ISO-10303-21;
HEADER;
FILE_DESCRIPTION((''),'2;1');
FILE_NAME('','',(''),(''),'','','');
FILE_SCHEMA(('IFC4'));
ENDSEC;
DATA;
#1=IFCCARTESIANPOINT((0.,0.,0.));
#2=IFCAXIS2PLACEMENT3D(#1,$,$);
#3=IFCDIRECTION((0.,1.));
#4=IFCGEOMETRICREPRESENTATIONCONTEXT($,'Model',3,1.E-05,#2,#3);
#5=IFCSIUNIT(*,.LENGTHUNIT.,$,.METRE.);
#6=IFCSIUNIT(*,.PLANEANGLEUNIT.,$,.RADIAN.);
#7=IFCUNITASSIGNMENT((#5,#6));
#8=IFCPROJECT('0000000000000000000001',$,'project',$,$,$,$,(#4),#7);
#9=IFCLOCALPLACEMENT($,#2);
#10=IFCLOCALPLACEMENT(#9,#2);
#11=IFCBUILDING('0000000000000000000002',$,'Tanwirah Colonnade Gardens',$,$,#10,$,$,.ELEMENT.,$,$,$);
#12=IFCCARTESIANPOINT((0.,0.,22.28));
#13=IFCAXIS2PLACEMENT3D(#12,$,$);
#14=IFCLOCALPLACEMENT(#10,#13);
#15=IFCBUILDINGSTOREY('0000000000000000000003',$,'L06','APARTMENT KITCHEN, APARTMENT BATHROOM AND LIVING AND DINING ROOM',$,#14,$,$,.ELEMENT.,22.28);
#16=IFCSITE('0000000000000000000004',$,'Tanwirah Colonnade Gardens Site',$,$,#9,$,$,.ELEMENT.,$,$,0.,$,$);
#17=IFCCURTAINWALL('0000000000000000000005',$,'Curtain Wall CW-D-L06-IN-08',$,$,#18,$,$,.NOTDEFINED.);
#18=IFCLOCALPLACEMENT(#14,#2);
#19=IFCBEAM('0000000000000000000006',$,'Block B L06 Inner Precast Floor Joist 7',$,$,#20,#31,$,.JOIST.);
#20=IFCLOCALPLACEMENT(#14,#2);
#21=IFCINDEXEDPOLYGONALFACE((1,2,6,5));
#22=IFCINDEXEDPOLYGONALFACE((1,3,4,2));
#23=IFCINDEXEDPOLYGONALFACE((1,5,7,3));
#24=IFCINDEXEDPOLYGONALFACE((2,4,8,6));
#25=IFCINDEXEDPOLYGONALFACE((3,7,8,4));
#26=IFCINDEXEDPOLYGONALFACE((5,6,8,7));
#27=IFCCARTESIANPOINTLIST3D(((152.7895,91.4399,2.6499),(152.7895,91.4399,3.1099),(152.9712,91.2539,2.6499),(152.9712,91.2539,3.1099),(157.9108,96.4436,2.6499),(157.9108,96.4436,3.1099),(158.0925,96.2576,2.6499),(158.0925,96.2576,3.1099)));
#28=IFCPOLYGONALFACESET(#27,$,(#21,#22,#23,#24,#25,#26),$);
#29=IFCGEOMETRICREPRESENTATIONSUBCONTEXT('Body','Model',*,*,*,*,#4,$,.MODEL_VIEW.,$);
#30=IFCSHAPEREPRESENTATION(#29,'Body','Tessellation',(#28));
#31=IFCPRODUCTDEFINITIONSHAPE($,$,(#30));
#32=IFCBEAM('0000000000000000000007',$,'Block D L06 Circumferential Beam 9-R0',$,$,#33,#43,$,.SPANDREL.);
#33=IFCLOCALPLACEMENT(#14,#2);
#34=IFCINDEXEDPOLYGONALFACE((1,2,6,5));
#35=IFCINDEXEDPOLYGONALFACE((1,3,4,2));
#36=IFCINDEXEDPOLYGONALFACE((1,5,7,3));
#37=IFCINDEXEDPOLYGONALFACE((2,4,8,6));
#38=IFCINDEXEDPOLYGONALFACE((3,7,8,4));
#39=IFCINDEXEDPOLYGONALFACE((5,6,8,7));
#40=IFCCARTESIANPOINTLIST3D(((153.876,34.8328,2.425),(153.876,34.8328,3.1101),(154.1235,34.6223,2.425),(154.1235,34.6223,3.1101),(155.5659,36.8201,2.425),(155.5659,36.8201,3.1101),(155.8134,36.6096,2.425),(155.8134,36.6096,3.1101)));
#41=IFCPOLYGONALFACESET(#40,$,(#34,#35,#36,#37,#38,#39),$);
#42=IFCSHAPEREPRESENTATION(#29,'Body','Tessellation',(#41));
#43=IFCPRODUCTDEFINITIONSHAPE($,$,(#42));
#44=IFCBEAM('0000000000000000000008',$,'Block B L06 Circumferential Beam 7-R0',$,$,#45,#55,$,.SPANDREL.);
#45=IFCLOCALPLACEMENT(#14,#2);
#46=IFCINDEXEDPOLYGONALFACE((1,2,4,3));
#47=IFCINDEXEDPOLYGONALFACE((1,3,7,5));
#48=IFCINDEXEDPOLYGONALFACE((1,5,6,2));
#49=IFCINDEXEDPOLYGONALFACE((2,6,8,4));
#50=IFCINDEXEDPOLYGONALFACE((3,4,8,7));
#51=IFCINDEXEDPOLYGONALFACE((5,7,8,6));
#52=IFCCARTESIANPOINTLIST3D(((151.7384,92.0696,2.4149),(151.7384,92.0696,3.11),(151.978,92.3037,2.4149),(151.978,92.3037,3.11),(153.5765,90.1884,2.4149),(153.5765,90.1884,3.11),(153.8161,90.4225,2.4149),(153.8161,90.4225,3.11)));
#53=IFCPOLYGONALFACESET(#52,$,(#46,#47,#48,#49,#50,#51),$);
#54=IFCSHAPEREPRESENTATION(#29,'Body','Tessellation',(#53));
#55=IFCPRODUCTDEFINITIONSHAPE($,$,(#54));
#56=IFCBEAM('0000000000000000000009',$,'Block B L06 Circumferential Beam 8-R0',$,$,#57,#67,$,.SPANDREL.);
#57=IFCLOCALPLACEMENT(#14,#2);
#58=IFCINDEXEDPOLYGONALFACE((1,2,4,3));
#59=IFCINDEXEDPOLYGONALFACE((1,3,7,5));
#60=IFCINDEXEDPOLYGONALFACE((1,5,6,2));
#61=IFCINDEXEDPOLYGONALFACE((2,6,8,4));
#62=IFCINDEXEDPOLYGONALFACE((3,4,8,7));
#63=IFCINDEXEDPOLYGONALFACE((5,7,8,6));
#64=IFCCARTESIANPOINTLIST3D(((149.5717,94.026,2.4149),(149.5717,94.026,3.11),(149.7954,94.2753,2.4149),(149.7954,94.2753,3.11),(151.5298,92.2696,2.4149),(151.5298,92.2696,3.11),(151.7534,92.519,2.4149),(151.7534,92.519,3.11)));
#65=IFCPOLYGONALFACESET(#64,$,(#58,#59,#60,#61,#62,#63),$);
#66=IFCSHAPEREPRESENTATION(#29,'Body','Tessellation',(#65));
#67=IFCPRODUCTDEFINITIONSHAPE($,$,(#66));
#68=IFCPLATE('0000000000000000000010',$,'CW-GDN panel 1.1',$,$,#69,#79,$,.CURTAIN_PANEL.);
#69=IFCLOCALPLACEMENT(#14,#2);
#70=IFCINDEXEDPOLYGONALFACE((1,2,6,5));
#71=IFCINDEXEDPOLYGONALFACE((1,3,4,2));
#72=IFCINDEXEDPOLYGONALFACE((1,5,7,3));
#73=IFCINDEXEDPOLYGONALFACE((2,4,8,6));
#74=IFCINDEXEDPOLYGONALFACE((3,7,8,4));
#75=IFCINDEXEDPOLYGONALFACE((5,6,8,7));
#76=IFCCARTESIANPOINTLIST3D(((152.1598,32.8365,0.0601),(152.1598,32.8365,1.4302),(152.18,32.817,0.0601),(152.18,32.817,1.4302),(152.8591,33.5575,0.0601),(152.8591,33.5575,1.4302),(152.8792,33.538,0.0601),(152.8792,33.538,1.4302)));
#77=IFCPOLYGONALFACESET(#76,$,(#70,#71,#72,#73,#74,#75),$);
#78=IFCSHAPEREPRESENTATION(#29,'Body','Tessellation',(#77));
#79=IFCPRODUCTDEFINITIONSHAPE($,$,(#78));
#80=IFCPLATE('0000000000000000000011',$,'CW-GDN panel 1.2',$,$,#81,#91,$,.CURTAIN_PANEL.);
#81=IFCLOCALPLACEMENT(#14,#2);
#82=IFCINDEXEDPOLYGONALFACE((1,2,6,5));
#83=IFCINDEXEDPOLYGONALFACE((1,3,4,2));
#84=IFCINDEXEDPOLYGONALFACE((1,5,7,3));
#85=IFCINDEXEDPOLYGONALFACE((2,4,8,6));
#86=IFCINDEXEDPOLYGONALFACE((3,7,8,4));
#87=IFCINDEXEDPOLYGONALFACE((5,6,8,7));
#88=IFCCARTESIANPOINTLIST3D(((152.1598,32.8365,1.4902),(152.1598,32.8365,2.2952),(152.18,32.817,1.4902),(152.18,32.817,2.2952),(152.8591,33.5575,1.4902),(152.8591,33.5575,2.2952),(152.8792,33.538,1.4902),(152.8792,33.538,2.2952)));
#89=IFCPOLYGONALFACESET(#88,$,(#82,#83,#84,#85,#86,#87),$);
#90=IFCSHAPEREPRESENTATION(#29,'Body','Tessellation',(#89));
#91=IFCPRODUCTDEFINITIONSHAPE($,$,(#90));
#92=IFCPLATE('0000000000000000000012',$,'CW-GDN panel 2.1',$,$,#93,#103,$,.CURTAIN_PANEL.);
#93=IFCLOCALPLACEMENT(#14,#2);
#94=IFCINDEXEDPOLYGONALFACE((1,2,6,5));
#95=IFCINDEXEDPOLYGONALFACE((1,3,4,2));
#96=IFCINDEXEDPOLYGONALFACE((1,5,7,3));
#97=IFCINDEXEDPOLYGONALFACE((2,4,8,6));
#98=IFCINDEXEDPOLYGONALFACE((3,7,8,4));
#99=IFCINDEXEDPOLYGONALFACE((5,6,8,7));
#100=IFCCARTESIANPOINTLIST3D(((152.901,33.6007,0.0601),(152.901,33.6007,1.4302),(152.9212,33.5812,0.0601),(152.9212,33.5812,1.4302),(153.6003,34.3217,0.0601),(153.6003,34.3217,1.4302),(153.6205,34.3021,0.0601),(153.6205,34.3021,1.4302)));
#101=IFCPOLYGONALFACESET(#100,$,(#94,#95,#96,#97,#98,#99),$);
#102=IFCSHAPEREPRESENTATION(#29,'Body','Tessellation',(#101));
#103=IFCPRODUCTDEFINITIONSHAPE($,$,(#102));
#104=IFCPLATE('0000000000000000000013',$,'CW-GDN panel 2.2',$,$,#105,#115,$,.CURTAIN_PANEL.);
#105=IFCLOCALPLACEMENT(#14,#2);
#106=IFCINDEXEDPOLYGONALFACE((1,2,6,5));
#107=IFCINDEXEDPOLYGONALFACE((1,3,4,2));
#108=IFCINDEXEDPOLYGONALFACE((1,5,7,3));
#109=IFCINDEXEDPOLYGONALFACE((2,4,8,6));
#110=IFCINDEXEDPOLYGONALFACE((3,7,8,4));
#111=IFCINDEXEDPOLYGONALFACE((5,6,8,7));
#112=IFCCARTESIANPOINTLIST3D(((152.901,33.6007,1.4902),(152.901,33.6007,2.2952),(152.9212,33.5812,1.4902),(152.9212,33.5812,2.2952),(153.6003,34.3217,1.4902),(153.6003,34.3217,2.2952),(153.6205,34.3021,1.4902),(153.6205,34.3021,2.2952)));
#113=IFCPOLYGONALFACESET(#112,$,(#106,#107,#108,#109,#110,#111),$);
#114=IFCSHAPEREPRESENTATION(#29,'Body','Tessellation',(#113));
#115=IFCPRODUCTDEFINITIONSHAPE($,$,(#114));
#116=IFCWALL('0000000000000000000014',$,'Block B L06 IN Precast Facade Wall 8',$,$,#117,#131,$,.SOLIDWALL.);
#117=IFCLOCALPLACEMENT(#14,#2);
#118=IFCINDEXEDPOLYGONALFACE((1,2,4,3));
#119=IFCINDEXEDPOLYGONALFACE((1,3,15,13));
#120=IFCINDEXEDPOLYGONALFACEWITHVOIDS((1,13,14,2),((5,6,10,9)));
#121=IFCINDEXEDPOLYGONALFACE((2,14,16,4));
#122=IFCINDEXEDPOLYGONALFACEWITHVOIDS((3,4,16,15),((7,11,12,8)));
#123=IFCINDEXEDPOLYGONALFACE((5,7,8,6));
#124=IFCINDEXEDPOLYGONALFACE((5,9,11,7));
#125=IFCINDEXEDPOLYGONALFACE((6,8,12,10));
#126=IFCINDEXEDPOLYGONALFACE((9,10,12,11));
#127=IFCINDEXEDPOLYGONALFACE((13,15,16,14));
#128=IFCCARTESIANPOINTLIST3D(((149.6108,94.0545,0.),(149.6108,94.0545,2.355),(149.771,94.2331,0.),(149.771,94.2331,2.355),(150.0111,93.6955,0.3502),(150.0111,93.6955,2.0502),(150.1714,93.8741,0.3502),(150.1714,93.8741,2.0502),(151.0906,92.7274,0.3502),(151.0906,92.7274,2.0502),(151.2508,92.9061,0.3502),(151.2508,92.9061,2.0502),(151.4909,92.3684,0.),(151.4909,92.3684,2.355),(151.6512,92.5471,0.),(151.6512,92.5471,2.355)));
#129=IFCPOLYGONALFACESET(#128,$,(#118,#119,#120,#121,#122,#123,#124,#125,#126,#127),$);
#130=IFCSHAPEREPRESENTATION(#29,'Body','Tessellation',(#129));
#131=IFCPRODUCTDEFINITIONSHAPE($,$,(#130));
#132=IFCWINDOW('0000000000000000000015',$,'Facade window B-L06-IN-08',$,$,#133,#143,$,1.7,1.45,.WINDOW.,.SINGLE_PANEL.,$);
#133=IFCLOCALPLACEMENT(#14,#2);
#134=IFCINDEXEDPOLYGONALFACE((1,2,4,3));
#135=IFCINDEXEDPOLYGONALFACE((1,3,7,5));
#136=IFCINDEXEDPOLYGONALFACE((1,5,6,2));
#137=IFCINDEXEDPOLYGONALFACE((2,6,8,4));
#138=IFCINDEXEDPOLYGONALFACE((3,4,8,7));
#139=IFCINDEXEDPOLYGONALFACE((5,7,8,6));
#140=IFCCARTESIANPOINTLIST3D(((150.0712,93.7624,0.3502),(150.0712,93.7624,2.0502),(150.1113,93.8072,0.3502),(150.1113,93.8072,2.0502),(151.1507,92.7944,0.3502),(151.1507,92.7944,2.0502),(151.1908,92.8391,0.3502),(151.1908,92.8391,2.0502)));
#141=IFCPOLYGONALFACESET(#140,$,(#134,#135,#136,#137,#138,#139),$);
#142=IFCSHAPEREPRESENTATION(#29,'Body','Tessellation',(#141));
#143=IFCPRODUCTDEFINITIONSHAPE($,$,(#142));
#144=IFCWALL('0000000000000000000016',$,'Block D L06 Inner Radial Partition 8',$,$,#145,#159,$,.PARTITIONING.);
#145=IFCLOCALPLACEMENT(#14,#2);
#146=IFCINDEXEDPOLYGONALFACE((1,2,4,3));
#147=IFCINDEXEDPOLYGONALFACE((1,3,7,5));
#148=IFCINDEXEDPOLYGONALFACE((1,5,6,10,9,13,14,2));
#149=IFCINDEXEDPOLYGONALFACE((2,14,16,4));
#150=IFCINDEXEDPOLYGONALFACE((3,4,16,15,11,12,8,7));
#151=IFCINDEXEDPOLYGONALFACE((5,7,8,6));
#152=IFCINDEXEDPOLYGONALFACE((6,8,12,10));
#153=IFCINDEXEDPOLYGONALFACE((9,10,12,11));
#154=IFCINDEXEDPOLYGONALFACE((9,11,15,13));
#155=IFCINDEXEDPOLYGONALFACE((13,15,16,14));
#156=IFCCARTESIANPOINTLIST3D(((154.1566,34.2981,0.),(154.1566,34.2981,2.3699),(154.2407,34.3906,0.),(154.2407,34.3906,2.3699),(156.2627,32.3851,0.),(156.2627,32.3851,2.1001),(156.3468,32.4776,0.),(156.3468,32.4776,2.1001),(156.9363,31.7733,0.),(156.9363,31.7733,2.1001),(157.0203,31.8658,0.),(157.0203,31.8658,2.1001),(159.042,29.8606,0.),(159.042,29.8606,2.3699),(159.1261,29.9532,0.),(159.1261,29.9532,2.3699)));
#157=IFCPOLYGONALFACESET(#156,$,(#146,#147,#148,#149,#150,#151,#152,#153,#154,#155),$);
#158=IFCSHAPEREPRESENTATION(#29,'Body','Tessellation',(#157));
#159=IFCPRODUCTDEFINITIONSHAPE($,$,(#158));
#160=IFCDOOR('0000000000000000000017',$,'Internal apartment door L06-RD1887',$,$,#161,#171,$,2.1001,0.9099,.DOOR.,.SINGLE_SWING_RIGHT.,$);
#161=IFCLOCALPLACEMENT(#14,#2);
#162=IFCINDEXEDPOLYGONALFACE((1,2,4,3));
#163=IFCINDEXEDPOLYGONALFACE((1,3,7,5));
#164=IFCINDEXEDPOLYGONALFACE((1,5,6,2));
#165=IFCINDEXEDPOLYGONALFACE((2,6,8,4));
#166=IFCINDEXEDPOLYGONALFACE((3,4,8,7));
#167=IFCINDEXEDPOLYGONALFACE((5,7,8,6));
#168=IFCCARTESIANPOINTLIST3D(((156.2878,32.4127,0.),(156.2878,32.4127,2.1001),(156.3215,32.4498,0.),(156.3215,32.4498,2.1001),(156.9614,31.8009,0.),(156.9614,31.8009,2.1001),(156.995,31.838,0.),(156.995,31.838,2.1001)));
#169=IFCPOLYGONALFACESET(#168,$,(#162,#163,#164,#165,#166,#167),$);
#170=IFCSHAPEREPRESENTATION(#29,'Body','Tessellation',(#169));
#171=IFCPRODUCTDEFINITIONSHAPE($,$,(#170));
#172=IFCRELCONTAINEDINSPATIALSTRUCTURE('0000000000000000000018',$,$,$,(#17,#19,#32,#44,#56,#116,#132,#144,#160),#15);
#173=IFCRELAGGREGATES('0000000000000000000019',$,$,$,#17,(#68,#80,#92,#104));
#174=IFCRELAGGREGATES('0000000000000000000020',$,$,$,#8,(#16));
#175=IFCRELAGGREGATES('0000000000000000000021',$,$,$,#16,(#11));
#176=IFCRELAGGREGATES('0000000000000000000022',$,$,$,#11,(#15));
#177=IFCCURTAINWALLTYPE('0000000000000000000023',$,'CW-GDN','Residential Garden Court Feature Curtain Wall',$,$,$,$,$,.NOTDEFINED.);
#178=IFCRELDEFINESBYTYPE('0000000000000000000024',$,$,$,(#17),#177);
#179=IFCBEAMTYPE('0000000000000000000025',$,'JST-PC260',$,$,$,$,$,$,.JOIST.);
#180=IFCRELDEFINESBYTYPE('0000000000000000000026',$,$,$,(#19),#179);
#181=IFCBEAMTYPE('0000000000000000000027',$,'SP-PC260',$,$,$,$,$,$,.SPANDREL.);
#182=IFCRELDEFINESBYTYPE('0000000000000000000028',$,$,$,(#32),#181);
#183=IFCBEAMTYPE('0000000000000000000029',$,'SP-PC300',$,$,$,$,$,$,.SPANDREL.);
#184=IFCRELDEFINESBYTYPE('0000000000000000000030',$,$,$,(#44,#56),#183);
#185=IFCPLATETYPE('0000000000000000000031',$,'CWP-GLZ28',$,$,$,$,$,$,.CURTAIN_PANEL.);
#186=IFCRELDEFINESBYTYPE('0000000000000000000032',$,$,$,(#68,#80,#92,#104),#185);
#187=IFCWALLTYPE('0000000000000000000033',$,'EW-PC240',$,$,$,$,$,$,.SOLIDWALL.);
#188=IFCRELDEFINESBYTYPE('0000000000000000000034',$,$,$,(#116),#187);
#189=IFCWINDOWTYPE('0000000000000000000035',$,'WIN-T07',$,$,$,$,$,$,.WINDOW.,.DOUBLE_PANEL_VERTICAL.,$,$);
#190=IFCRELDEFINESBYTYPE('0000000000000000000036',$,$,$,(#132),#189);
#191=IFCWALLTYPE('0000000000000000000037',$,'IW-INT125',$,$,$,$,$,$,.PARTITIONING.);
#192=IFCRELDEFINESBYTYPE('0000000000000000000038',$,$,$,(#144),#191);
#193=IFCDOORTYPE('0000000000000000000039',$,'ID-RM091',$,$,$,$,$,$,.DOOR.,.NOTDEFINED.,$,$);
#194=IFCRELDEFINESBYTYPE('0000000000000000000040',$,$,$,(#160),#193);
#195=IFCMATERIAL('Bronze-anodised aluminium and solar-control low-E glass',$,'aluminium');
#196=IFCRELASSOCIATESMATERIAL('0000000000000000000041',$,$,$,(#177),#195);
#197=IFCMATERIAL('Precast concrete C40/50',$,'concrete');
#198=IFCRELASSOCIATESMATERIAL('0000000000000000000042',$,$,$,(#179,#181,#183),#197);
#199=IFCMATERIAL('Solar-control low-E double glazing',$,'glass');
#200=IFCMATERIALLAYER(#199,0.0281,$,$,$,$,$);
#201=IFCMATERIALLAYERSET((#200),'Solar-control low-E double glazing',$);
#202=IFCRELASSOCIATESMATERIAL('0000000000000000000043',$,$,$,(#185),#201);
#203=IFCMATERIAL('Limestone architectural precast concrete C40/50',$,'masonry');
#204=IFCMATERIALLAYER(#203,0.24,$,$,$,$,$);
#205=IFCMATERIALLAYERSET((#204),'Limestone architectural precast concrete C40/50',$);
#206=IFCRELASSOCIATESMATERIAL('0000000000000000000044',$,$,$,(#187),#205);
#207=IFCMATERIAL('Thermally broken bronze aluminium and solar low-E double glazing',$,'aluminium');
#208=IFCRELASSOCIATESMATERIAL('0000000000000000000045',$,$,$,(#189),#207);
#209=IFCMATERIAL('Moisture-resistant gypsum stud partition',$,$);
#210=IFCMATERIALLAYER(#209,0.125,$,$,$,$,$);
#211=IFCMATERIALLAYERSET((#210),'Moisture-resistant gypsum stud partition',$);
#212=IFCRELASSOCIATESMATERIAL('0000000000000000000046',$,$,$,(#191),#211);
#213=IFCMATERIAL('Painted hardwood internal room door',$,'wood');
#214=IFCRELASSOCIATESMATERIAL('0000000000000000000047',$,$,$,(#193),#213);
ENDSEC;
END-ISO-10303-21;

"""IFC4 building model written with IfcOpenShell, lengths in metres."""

from ifc_helpers import new_model, si_unit, direction, frame, frame_2d, origin, origin_2d, place, context, subcontext, project, spatial, rectangle, extrude, material, layer, layer_set, material_profile, profile_set, type_object, element, fill, aggregate, save


model = new_model("IFC4")

# Units and contexts
model_context = context("Model", 3, precision=1e-05, world=origin(), true_north=direction((0.0, 1.0)))
body_context = subcontext(model_context, "Body", "Model", "MODEL_VIEW")
ifc_project = project(units=[si_unit("LENGTHUNIT", "METRE"), si_unit("PLANEANGLEUNIT", "RADIAN")], contexts=[model_context])

# Site, building, storey
site_placement = place(None, origin())
site = spatial("IfcSite", under=ifc_project, at=site_placement, Name="Tanwirah Colonnade Gardens Site", CompositionType="ELEMENT", RefElevation=0.0)
building_placement = place(site_placement, origin())
building = spatial("IfcBuilding", under=site, at=building_placement, Name="Tanwirah Colonnade Gardens", CompositionType="ELEMENT")
storey_placement = place(building_placement, frame((0.0, 0.0, 22.28)))
storey = spatial("IfcBuildingStorey", under=building, at=storey_placement, Name="L06", Description="APARTMENT KITCHEN, APARTMENT BATHROOM AND LIVING AND DINING ROOM", CompositionType="ELEMENT", Elevation=22.28)

# Shared definitions
ifc_material_1 = material(Name="Precast concrete C40/50", Category="concrete")

# Curtain wall
ifc_material_2 = material(Name="Bronze-anodised aluminium and solar-control low-E glass", Category="aluminium")
curtain_wall_type = type_object("IfcCurtainWallType", Name="CW-GDN", Description="Residential Garden Court Feature Curtain Wall", PredefinedType="NOTDEFINED", material=ifc_material_2)
curtain_wall_placement = place(storey_placement, origin())
curtain_wall = element("IfcCurtainWall", 1, at=curtain_wall_placement, inside=storey, type_object=curtain_wall_type, Name="Curtain Wall CW-D-L06-IN-08", PredefinedType="NOTDEFINED")

# Beams
ifc_material_profile_1 = material_profile(ifc_material_1, rectangle(XDim=0.26, YDim=0.46, at=origin_2d()), Name="PC-JST 260x460")
ifc_profile_set_1 = profile_set([ifc_material_profile_1], Name="Precast concrete C40/50")
beam_type_1 = type_object("IfcBeamType", Name="JST-PC260", PredefinedType="JOIST", material=ifc_profile_set_1)
beam_1_placement = place(storey_placement, frame((152.8804, 91.3469, 2.8799), z_axis=(0.715277, 0.698841, 0.0), x_axis=(-0.698841, 0.715277, 0.0)))
element("IfcBeam", 2, at=beam_1_placement, inside=storey, type_object=beam_type_1, Name="Block B L06 Inner Precast Floor Joist 7", PredefinedType="JOIST", context=body_context, shape_type="SweptSolid", body=[
    extrude(rectangle(XDim=0.26, YDim=0.46, at=origin_2d()), origin(), (0.0, 0.0, 1.0), 7.1599),
])
ifc_material_profile_2 = material_profile(ifc_material_1, rectangle(XDim=0.325, YDim=0.6851, at=origin_2d()), Name="PC-SP 325x685")
ifc_profile_set_2 = profile_set([ifc_material_profile_2], Name="Precast concrete C40/50")
beam_type_2 = type_object("IfcBeamType", Name="SP-PC260", PredefinedType="SPANDREL", material=ifc_profile_set_2)
beam_2_placement = place(storey_placement, frame((153.9998, 34.7275, 2.7676), z_axis=(0.647811, 0.761801, 0.0), x_axis=(-0.761801, 0.647811, 0.0)))
element("IfcBeam", 3, at=beam_2_placement, inside=storey, type_object=beam_type_2, Name="Block D L06 Circumferential Beam 9-R0", PredefinedType="SPANDREL", context=body_context, shape_type="SweptSolid", body=[
    extrude(rectangle(XDim=0.325, YDim=0.6851, at=origin_2d()), origin(), (0.0, 0.0, 1.0), 2.6086),
])
ifc_material_profile_3 = material_profile(ifc_material_1, rectangle(XDim=0.335, YDim=0.6951, at=origin_2d()), Name="PC-SP 335x695")
ifc_profile_set_3 = profile_set([ifc_material_profile_3], Name="Precast concrete C40/50")
beam_type_3 = type_object("IfcBeamType", Name="SP-PC300", PredefinedType="SPANDREL", material=ifc_profile_set_3)
beam_3_placement = place(storey_placement, frame((153.6963, 90.3054, 2.7625), z_axis=(-0.698844, 0.715274, 0.0), x_axis=(-0.715274, -0.698844, 0.0)))
element("IfcBeam", 4, at=beam_3_placement, inside=storey, type_object=beam_type_3, Name="Block B L06 Circumferential Beam 7-R0", PredefinedType="SPANDREL", context=body_context, shape_type="SweptSolid", body=[
    extrude(rectangle(XDim=0.335, YDim=0.6951, at=origin_2d()), origin(), (0.0, 0.0, 1.0), 2.6301),
])
beam_4_placement = place(storey_placement, frame((151.6416, 92.3943, 2.7625), z_axis=(-0.744401, 0.667733, 0.0), x_axis=(-0.667733, -0.744401, 0.0)))
element("IfcBeam", 5, at=beam_4_placement, inside=storey, type_object=beam_type_3, Name="Block B L06 Circumferential Beam 8-R0", PredefinedType="SPANDREL", context=body_context, shape_type="SweptSolid", body=[
    extrude(rectangle(XDim=0.335, YDim=0.6951, at=origin_2d()), origin(), (0.0, 0.0, 1.0), 2.6304),
])

# Plates
ifc_material_3 = material(Name="Solar-control low-E double glazing", Category="glass")
ifc_layer_1 = layer(ifc_material_3, 0.0281)
ifc_layer_set_1 = layer_set([ifc_layer_1], Name="Solar-control low-E double glazing")
plate_type = type_object("IfcPlateType", Name="CWP-GLZ28", PredefinedType="CURTAIN_PANEL", material=ifc_layer_set_1)
plate_1_placement = place(storey_placement, frame((152.5195, 33.1873, 0.0601), z_axis=(0.0, 0.0, 1.0), x_axis=(0.696223, 0.717825, 0.0)))
plate_1 = element("IfcPlate", 6, at=plate_1_placement, type_object=plate_type, Name="CW-GDN panel 1.1", PredefinedType="CURTAIN_PANEL", context=body_context, shape_type="SweptSolid", body=[
    extrude(rectangle(XDim=1.0044, YDim=0.0281, at=origin_2d()), origin(), (0.0, 0.0, 1.0), 1.3701),
])
plate_2_placement = place(storey_placement, frame((152.5195, 33.1873, 1.4902), z_axis=(0.0, 0.0, 1.0), x_axis=(0.696223, 0.717825, 0.0)))
plate_2 = element("IfcPlate", 7, at=plate_2_placement, type_object=plate_type, Name="CW-GDN panel 1.2", PredefinedType="CURTAIN_PANEL", context=body_context, shape_type="SweptSolid", body=[
    extrude(rectangle(XDim=1.0044, YDim=0.0281, at=origin_2d()), origin(), (0.0, 0.0, 1.0), 0.8049),
])
plate_3_placement = place(storey_placement, frame((153.2607, 33.9514, 0.0601), z_axis=(0.0, 0.0, 1.0), x_axis=(0.696223, 0.717825, 0.0)))
plate_3 = element("IfcPlate", 8, at=plate_3_placement, type_object=plate_type, Name="CW-GDN panel 2.1", PredefinedType="CURTAIN_PANEL", context=body_context, shape_type="SweptSolid", body=[
    extrude(rectangle(XDim=1.0044, YDim=0.0281, at=origin_2d()), origin(), (0.0, 0.0, 1.0), 1.3701),
])
plate_4_placement = place(storey_placement, frame((153.2607, 33.9514, 1.4902), z_axis=(0.0, 0.0, 1.0), x_axis=(0.696223, 0.717825, 0.0)))
plate_4 = element("IfcPlate", 9, at=plate_4_placement, type_object=plate_type, Name="CW-GDN panel 2.2", PredefinedType="CURTAIN_PANEL", context=body_context, shape_type="SweptSolid", body=[
    extrude(rectangle(XDim=1.0044, YDim=0.0281, at=origin_2d()), origin(), (0.0, 0.0, 1.0), 0.8049),
])
aggregate(curtain_wall, [plate_1, plate_2, plate_3, plate_4])

# Wall, opening, window
ifc_material_4 = material(Name="Limestone architectural precast concrete C40/50", Category="masonry")
ifc_layer_2 = layer(ifc_material_4, 0.24)
ifc_layer_set_2 = layer_set([ifc_layer_2], Name="Limestone architectural precast concrete C40/50")
wall_type_1 = type_object("IfcWallType", Name="EW-PC240", PredefinedType="SOLIDWALL", material=ifc_layer_set_2)
wall_1_placement = place(storey_placement, frame((151.571, 92.4578, 0.0), z_axis=(0.0, 0.0, 1.0), x_axis=(-0.74449, 0.667634, 0.0)))
wall_1 = element("IfcWall", 10, at=wall_1_placement, inside=storey, type_object=wall_type_1, Name="Block B L06 IN Precast Facade Wall 8", PredefinedType="SOLIDWALL", context=body_context, shape_type="SweptSolid", body=[
    extrude(rectangle(XDim=2.5254, YDim=0.24, at=frame_2d((1.2627, 0.0))), origin(), (0.0, 0.0, 1.0), 2.355),
])
opening_1_placement = place(wall_1_placement, frame((0.5376, 0.0, 0.3501)))
opening_1 = element("IfcOpeningElement", 11, at=opening_1_placement, cuts=wall_1, PredefinedType="OPENING", context=body_context, shape_type="SweptSolid", body=[
    extrude(rectangle(XDim=1.45, YDim=1.7, at=frame_2d((0.7251, 0.8501))), frame((0.0, 0.1299, 0.0), z_axis=(0.0, -1.0, 0.0), x_axis=(1.0, 0.0, 0.0)), (0.0, 0.0, 1.0), 0.26),
])
ifc_material_5 = material(Name="Thermally broken bronze aluminium and solar low-E double glazing", Category="aluminium")
window_type = type_object("IfcWindowType", Name="WIN-T07", PartitioningType="DOUBLE_PANEL_VERTICAL", PredefinedType="WINDOW", material=ifc_material_5)
window_placement = place(opening_1_placement, origin())
window = element("IfcWindow", 12, at=window_placement, inside=storey, type_object=window_type, Name="Facade window B-L06-IN-08", OverallHeight=1.7, OverallWidth=1.45, PartitioningType="SINGLE_PANEL", PredefinedType="WINDOW", context=body_context, shape_type="SweptSolid", body=[
    extrude(rectangle(XDim=1.45, YDim=1.7, at=frame_2d((0.7251, 0.8501))), frame((0.0, 0.03, 0.0), z_axis=(0.0, -1.0, 0.0), x_axis=(1.0, 0.0, 0.0)), (0.0, 0.0, 1.0), 0.0601),
])
fill(opening_1, window)

# Wall, opening, door
ifc_material_6 = material(Name="Moisture-resistant gypsum stud partition")
ifc_layer_3 = layer(ifc_material_6, 0.125)
ifc_layer_set_3 = layer_set([ifc_layer_3], Name="Moisture-resistant gypsum stud partition")
wall_type_2 = type_object("IfcWallType", Name="IW-INT125", PredefinedType="PARTITIONING", material=ifc_layer_set_3)
wall_2_placement = place(storey_placement, frame((154.1987, 34.3442, 0.0), z_axis=(0.0, 0.0, 1.0), x_axis=(0.740231, -0.672352, 0.0)))
wall_2 = element("IfcWall", 13, at=wall_2_placement, inside=storey, type_object=wall_type_2, Name="Block D L06 Inner Radial Partition 8", PredefinedType="PARTITIONING", context=body_context, shape_type="SweptSolid", body=[
    extrude(rectangle(XDim=6.5999, YDim=0.125, at=frame_2d((3.2998, 0.0))), origin(), (0.0, 0.0, 1.0), 2.3699),
])
opening_2_placement = place(wall_2_placement, frame((2.845, 0.0, 0.0)))
opening_2 = element("IfcOpeningElement", 14, at=opening_2_placement, cuts=wall_2, PredefinedType="OPENING", context=body_context, shape_type="SweptSolid", body=[
    extrude(rectangle(XDim=0.9099, YDim=2.1001, at=frame_2d((0.4551, 1.05))), frame((0.0, 0.0725, 0.0), z_axis=(0.0, -1.0, 0.0), x_axis=(1.0, 0.0, 0.0)), (0.0, 0.0, 1.0), 0.145),
])
ifc_material_7 = material(Name="Painted hardwood internal room door", Category="wood")
door_type = type_object("IfcDoorType", Name="ID-RM091", OperationType="NOTDEFINED", PredefinedType="DOOR", material=ifc_material_7)
door_placement = place(opening_2_placement, origin())
door = element("IfcDoor", 15, at=door_placement, inside=storey, type_object=door_type, Name="Internal apartment door L06-RD1887", OperationType="SINGLE_SWING_RIGHT", OverallHeight=2.1001, OverallWidth=0.9099, PredefinedType="DOOR", context=body_context, shape_type="SweptSolid", body=[
    extrude(rectangle(XDim=0.9099, YDim=2.1001, at=frame_2d((0.4551, 1.05))), frame((0.0, 0.0249, 0.0), z_axis=(0.0, -1.0, 0.0), x_axis=(1.0, 0.0, 0.0)), (0.0, 0.0, 1.0), 0.05),
])
fill(opening_2, door)

save(model, "model.ifc")
